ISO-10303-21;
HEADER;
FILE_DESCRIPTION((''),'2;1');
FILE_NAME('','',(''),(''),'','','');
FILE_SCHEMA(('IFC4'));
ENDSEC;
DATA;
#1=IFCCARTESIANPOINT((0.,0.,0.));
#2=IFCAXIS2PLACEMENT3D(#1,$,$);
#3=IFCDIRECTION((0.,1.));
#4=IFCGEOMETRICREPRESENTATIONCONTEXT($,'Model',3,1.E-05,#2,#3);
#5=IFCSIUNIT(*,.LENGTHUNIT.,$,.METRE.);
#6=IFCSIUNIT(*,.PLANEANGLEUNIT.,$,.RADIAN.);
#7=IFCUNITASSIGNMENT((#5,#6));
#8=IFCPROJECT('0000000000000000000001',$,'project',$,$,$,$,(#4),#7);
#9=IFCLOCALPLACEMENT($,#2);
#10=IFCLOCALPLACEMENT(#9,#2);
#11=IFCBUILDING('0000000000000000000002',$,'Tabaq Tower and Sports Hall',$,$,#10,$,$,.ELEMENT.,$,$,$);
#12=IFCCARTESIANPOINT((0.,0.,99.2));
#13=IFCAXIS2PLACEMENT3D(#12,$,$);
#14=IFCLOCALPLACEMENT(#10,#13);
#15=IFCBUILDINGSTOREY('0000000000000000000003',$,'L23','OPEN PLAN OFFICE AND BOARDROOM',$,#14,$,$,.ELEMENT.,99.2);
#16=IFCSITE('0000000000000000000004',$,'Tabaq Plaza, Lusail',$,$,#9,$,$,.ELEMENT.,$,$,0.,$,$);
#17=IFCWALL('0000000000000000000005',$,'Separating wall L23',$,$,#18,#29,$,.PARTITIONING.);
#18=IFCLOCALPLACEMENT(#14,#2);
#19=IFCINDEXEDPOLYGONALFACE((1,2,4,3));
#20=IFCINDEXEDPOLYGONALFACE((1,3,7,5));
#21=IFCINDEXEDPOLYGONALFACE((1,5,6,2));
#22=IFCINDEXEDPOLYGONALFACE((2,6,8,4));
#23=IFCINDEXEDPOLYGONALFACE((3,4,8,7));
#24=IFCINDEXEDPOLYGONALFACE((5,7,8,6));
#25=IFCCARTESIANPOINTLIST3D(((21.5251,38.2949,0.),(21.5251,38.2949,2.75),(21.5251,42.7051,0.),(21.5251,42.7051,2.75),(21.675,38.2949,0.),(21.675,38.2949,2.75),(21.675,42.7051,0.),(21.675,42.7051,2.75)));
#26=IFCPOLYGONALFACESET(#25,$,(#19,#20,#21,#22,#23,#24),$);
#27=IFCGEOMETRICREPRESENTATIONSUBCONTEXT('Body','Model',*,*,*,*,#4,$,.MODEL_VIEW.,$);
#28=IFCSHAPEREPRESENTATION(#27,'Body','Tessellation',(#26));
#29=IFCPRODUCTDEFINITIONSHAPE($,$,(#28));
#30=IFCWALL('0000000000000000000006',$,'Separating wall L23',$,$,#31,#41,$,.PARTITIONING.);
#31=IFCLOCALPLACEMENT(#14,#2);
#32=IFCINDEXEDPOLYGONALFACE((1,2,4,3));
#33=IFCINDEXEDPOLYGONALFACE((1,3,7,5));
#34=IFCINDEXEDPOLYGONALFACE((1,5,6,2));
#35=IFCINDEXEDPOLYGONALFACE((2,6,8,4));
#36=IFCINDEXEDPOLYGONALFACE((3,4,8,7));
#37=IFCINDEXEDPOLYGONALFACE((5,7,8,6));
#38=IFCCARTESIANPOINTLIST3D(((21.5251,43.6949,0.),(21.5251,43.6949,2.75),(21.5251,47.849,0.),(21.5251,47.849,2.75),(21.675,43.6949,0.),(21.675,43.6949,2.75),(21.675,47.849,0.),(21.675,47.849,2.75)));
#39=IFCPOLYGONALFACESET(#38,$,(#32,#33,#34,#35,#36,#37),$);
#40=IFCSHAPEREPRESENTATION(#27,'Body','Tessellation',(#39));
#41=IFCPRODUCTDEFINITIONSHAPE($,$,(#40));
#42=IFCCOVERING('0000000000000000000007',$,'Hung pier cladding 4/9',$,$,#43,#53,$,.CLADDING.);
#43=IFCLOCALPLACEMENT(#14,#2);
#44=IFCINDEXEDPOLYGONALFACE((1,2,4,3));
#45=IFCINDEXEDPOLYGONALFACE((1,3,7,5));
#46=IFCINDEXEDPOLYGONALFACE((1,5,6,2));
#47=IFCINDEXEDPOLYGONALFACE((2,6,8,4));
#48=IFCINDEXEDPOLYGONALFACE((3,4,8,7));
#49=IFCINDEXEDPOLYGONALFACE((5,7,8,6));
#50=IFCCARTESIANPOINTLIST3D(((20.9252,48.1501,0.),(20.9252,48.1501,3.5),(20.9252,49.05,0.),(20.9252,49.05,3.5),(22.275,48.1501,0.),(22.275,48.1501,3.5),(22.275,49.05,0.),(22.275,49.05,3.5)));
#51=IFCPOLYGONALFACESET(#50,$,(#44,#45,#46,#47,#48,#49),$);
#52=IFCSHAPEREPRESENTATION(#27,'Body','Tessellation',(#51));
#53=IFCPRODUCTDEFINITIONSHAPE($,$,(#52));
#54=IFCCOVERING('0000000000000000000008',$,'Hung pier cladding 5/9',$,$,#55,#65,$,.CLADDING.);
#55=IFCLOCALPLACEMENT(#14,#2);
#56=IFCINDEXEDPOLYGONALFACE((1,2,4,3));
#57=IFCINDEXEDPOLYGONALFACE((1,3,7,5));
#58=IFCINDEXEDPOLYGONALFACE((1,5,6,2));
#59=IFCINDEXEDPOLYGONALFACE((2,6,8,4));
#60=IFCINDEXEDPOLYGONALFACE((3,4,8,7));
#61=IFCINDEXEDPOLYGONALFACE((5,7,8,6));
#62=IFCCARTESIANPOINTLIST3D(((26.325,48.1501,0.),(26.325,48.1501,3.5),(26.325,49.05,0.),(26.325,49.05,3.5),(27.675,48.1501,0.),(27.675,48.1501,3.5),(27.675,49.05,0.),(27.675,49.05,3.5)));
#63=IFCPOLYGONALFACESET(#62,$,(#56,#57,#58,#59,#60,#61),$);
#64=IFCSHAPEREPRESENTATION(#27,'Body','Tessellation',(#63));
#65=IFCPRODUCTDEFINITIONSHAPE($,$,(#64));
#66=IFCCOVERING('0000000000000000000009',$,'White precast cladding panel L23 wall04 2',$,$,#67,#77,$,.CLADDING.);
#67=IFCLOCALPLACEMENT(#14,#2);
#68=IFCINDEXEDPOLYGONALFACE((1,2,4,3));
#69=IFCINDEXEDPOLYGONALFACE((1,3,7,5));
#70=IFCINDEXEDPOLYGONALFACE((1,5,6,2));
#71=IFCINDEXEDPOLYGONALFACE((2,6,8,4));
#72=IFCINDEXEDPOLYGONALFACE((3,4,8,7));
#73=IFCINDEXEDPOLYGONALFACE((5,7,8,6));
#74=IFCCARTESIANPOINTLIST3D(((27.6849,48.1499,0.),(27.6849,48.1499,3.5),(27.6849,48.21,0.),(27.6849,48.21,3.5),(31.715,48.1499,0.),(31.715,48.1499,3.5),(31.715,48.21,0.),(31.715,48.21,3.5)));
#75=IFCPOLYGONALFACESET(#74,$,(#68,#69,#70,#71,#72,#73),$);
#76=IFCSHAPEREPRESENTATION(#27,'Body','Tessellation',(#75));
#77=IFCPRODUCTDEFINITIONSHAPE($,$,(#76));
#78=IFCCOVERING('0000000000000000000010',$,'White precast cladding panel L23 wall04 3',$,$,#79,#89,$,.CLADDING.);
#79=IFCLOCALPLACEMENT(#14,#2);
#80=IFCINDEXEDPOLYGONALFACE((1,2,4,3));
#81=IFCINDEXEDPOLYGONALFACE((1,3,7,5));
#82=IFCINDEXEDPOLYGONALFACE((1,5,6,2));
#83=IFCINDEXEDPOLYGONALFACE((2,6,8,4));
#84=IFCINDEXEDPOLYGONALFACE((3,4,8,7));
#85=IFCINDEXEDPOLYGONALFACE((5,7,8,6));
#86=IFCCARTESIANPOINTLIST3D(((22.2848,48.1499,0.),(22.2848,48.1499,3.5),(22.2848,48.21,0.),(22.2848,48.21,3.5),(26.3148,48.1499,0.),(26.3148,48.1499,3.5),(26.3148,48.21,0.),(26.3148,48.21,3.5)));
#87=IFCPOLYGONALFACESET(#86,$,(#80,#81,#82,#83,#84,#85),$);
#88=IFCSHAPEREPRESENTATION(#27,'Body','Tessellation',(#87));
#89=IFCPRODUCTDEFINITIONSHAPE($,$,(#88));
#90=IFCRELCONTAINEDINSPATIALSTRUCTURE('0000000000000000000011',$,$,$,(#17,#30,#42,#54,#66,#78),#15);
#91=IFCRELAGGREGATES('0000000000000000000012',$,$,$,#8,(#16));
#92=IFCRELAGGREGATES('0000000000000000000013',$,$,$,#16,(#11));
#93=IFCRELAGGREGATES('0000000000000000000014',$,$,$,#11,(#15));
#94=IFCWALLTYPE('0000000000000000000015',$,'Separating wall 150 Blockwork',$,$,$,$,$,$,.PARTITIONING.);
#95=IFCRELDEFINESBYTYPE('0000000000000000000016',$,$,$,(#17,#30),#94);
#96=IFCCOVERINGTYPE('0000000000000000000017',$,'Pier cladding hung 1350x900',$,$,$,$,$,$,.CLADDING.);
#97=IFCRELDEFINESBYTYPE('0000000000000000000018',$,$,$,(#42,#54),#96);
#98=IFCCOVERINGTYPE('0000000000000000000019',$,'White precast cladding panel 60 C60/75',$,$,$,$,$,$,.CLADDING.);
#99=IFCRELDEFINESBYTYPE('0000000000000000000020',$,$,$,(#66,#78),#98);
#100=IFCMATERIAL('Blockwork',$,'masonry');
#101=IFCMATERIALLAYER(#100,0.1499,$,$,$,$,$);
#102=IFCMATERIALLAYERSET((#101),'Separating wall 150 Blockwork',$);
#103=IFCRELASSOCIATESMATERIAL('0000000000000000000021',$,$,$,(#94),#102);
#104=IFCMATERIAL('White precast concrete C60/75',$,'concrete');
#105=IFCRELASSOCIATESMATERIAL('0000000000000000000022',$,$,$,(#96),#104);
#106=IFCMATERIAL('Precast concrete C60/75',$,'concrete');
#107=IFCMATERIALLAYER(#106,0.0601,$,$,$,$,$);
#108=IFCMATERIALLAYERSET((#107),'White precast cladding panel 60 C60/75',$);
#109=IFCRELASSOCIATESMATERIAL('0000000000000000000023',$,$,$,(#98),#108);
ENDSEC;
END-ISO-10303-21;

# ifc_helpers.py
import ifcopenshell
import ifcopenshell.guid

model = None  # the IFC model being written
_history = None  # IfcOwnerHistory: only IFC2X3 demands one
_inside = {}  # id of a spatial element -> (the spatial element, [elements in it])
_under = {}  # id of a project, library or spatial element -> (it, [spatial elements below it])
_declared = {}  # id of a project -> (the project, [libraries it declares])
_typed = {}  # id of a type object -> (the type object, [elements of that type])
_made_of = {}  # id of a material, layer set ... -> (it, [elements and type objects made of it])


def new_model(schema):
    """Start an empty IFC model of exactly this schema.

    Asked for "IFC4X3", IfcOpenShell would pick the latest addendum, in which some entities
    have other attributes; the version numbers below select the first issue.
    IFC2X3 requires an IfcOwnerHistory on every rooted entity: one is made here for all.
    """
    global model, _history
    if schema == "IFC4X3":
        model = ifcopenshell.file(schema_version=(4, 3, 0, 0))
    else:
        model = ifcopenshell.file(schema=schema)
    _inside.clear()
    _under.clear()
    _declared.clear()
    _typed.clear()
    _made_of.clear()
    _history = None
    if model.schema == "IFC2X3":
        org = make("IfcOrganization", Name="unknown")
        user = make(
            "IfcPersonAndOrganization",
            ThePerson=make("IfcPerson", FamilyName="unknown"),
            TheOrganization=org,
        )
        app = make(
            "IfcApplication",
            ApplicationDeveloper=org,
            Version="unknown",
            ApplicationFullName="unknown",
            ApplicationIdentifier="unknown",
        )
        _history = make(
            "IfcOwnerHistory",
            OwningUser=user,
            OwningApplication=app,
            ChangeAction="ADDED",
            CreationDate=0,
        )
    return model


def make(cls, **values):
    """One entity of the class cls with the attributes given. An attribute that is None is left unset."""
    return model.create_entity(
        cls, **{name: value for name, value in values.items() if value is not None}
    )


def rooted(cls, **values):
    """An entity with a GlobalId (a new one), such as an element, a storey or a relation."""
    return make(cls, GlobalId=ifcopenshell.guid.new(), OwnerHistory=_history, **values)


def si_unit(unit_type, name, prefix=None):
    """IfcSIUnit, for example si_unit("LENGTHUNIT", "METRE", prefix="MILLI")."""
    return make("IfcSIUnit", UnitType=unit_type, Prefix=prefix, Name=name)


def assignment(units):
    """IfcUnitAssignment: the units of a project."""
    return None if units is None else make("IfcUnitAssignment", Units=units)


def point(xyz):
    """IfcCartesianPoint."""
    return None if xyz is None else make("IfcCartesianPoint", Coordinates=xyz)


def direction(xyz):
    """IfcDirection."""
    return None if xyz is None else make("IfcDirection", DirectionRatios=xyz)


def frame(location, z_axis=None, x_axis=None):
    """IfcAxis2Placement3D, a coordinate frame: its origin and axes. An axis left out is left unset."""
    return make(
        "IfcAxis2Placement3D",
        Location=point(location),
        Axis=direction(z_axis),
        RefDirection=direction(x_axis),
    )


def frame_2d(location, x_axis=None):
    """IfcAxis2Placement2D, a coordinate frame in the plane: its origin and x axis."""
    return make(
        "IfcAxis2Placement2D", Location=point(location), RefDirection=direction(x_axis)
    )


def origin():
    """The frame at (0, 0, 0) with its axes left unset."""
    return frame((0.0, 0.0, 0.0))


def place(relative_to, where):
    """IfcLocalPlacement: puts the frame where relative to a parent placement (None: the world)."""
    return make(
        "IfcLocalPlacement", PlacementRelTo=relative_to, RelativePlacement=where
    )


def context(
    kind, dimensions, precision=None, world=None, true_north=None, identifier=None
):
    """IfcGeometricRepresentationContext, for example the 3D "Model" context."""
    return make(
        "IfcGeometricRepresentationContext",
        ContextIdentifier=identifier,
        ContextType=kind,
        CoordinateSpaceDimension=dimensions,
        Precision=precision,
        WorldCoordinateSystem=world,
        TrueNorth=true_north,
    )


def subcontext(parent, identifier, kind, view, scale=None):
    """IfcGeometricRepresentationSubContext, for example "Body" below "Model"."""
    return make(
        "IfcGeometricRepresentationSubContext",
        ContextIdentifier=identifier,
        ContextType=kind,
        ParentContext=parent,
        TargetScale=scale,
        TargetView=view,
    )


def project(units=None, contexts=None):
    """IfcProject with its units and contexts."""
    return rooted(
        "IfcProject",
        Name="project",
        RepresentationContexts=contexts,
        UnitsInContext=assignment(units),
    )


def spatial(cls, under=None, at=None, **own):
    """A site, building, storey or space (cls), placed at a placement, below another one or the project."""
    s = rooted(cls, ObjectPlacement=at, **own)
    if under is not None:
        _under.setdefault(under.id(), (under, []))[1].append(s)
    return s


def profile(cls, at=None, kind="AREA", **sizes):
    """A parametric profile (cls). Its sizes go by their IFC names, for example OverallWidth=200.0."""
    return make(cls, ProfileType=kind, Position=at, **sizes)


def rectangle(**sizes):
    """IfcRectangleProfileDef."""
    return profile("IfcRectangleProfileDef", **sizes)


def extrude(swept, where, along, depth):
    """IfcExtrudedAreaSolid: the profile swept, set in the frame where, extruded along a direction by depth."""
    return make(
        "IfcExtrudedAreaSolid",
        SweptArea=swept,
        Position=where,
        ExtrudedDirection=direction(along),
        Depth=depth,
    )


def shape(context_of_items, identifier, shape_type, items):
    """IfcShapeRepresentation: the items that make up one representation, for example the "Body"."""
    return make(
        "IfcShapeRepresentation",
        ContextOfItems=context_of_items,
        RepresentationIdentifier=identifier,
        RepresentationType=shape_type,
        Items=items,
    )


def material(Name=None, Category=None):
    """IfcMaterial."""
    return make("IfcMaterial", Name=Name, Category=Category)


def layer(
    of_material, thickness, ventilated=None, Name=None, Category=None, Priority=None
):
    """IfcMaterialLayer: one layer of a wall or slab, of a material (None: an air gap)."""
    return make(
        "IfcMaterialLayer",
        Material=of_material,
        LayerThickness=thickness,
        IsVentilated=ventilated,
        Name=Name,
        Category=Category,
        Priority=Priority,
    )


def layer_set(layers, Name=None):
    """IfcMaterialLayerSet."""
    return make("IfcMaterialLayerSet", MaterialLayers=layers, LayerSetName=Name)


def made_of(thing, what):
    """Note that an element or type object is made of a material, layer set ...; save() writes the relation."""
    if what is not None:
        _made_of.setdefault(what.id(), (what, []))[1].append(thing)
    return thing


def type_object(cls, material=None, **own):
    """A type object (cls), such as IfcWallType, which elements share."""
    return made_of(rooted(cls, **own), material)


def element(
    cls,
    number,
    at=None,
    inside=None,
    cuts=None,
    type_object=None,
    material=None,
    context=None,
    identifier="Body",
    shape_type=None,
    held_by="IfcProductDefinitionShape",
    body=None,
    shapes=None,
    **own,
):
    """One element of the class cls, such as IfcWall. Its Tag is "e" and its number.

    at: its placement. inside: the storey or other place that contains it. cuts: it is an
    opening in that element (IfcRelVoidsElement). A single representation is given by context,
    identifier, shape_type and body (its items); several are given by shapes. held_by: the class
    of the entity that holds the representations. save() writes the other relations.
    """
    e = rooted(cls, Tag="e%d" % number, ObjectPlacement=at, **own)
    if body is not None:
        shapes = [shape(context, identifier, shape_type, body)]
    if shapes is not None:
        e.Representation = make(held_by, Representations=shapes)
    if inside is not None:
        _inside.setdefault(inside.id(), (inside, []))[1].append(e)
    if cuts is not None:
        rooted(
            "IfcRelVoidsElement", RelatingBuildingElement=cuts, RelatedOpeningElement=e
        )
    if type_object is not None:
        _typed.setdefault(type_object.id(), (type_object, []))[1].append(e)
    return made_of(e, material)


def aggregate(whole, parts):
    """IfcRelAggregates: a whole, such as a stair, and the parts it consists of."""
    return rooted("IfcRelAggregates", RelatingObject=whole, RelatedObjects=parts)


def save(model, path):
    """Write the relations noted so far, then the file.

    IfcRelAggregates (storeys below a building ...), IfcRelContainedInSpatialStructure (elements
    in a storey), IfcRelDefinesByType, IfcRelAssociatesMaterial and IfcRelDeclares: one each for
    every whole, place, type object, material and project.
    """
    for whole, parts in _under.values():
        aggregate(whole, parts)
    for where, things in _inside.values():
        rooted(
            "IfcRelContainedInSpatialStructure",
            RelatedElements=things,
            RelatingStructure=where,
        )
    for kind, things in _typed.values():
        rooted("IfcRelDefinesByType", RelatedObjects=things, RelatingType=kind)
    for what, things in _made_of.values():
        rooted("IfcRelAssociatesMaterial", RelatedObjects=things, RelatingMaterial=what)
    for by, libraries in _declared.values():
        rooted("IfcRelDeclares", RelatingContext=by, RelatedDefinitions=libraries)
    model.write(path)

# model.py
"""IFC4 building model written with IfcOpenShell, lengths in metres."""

from ifc_helpers import new_model, si_unit, direction, frame, frame_2d, origin, place, context, subcontext, project, spatial, rectangle, extrude, material, layer, layer_set, type_object, element, save


model = new_model("IFC4")

# Units and contexts
model_context = context("Model", 3, precision=1e-05, world=origin(), true_north=direction((0.0, 1.0)))
body_context = subcontext(model_context, "Body", "Model", "MODEL_VIEW")
ifc_project = project(units=[si_unit("LENGTHUNIT", "METRE"), si_unit("PLANEANGLEUNIT", "RADIAN")], contexts=[model_context])

# Site, building, storey
site_placement = place(None, origin())
site = spatial("IfcSite", under=ifc_project, at=site_placement, Name="Tabaq Plaza, Lusail", CompositionType="ELEMENT", RefElevation=0.0)
building_placement = place(site_placement, origin())
building = spatial("IfcBuilding", under=site, at=building_placement, Name="Tabaq Tower and Sports Hall", CompositionType="ELEMENT")
storey_placement = place(building_placement, frame((0.0, 0.0, 99.2)))
storey = spatial("IfcBuildingStorey", under=building, at=storey_placement, Name="L23", Description="OPEN PLAN OFFICE AND BOARDROOM", CompositionType="ELEMENT", Elevation=99.2)

# Walls
ifc_material_1 = material(Name="Blockwork", Category="masonry")
ifc_layer_1 = layer(ifc_material_1, 0.1499)
ifc_layer_set_1 = layer_set([ifc_layer_1], Name="Separating wall 150 Blockwork")
wall_type_1 = type_object("IfcWallType", Name="Separating wall 150 Blockwork", PredefinedType="PARTITIONING", material=ifc_layer_set_1)
wall_1_placement = place(storey_placement, frame((21.6001, 38.2949, 0.0), z_axis=(0.0, 0.0, 1.0), x_axis=(0.0, 1.0, 0.0)))
element("IfcWall", 1, at=wall_1_placement, inside=storey, type_object=wall_type_1, Name="Separating wall L23", PredefinedType="PARTITIONING", context=body_context, shape_type="SweptSolid", body=[
    extrude(rectangle(XDim=4.4102, YDim=0.1499, at=frame_2d((2.2051, 0.0))), origin(), (0.0, 0.0, 1.0), 2.75),
])
wall_2_placement = place(storey_placement, frame((21.6001, 47.8491, 0.0), z_axis=(0.0, 0.0, 1.0), x_axis=(0.0, -1.0, 0.0)))
element("IfcWall", 2, at=wall_2_placement, inside=storey, type_object=wall_type_1, Name="Separating wall L23", PredefinedType="PARTITIONING", context=body_context, shape_type="SweptSolid", body=[
    extrude(rectangle(XDim=4.1541, YDim=0.1499, at=frame_2d((2.0771, 0.0))), origin(), (0.0, 0.0, 1.0), 2.75),
])

# Coverings
ifc_material_2 = material(Name="White precast concrete C60/75", Category="concrete")
covering_type_1 = type_object("IfcCoveringType", Name="Pier cladding hung 1350x900", PredefinedType="CLADDING", material=ifc_material_2)
covering_1_placement = place(storey_placement, frame((22.2749, 48.6001, 0.0), z_axis=(0.0, 0.0, 1.0), x_axis=(-1.0, 0.0, 0.0)))
element("IfcCovering", 3, at=covering_1_placement, inside=storey, type_object=covering_type_1, Name="Hung pier cladding 4/9", PredefinedType="CLADDING", context=body_context, shape_type="SweptSolid", body=[
    extrude(rectangle(XDim=1.3499, YDim=0.8999, at=frame_2d((0.6748, 0.0))), origin(), (0.0, 0.0, 1.0), 3.5),
])
covering_2_placement = place(storey_placement, frame((27.675, 48.6001, 0.0), z_axis=(0.0, 0.0, 1.0), x_axis=(-1.0, 0.0, 0.0)))
element("IfcCovering", 4, at=covering_2_placement, inside=storey, type_object=covering_type_1, Name="Hung pier cladding 5/9", PredefinedType="CLADDING", context=body_context, shape_type="SweptSolid", body=[
    extrude(rectangle(XDim=1.3501, YDim=0.8999, at=frame_2d((0.675, 0.0))), origin(), (0.0, 0.0, 1.0), 3.5),
])
ifc_material_3 = material(Name="Precast concrete C60/75", Category="concrete")
ifc_layer_2 = layer(ifc_material_3, 0.0601)
ifc_layer_set_2 = layer_set([ifc_layer_2], Name="White precast cladding panel 60 C60/75")
covering_type_2 = type_object("IfcCoveringType", Name="White precast cladding panel 60 C60/75", PredefinedType="CLADDING", material=ifc_layer_set_2)
for number, where, z_axis, x_axis, name in (
    (5, (31.7151, 48.1799, 0.0), (0.0, 0.0, 1.0), (-1.0, 0.0, 0.0), "White precast cladding panel L23 wall04 2"),
    (6, (26.3149, 48.1799, 0.0), (0.0, 0.0, 1.0), (-1.0, 0.0, 0.0), "White precast cladding panel L23 wall04 3"),
):
    element("IfcCovering", number, at=place(storey_placement, frame(where, z_axis=z_axis, x_axis=x_axis)), inside=storey, type_object=covering_type_2, Name=name, PredefinedType="CLADDING", context=body_context, shape_type="SweptSolid", body=[
        extrude(rectangle(XDim=4.03, YDim=0.0601, at=frame_2d((2.0151, 0.0))), origin(), (0.0, 0.0, 1.0), 3.5),
    ])

save(model, "model.ifc")
